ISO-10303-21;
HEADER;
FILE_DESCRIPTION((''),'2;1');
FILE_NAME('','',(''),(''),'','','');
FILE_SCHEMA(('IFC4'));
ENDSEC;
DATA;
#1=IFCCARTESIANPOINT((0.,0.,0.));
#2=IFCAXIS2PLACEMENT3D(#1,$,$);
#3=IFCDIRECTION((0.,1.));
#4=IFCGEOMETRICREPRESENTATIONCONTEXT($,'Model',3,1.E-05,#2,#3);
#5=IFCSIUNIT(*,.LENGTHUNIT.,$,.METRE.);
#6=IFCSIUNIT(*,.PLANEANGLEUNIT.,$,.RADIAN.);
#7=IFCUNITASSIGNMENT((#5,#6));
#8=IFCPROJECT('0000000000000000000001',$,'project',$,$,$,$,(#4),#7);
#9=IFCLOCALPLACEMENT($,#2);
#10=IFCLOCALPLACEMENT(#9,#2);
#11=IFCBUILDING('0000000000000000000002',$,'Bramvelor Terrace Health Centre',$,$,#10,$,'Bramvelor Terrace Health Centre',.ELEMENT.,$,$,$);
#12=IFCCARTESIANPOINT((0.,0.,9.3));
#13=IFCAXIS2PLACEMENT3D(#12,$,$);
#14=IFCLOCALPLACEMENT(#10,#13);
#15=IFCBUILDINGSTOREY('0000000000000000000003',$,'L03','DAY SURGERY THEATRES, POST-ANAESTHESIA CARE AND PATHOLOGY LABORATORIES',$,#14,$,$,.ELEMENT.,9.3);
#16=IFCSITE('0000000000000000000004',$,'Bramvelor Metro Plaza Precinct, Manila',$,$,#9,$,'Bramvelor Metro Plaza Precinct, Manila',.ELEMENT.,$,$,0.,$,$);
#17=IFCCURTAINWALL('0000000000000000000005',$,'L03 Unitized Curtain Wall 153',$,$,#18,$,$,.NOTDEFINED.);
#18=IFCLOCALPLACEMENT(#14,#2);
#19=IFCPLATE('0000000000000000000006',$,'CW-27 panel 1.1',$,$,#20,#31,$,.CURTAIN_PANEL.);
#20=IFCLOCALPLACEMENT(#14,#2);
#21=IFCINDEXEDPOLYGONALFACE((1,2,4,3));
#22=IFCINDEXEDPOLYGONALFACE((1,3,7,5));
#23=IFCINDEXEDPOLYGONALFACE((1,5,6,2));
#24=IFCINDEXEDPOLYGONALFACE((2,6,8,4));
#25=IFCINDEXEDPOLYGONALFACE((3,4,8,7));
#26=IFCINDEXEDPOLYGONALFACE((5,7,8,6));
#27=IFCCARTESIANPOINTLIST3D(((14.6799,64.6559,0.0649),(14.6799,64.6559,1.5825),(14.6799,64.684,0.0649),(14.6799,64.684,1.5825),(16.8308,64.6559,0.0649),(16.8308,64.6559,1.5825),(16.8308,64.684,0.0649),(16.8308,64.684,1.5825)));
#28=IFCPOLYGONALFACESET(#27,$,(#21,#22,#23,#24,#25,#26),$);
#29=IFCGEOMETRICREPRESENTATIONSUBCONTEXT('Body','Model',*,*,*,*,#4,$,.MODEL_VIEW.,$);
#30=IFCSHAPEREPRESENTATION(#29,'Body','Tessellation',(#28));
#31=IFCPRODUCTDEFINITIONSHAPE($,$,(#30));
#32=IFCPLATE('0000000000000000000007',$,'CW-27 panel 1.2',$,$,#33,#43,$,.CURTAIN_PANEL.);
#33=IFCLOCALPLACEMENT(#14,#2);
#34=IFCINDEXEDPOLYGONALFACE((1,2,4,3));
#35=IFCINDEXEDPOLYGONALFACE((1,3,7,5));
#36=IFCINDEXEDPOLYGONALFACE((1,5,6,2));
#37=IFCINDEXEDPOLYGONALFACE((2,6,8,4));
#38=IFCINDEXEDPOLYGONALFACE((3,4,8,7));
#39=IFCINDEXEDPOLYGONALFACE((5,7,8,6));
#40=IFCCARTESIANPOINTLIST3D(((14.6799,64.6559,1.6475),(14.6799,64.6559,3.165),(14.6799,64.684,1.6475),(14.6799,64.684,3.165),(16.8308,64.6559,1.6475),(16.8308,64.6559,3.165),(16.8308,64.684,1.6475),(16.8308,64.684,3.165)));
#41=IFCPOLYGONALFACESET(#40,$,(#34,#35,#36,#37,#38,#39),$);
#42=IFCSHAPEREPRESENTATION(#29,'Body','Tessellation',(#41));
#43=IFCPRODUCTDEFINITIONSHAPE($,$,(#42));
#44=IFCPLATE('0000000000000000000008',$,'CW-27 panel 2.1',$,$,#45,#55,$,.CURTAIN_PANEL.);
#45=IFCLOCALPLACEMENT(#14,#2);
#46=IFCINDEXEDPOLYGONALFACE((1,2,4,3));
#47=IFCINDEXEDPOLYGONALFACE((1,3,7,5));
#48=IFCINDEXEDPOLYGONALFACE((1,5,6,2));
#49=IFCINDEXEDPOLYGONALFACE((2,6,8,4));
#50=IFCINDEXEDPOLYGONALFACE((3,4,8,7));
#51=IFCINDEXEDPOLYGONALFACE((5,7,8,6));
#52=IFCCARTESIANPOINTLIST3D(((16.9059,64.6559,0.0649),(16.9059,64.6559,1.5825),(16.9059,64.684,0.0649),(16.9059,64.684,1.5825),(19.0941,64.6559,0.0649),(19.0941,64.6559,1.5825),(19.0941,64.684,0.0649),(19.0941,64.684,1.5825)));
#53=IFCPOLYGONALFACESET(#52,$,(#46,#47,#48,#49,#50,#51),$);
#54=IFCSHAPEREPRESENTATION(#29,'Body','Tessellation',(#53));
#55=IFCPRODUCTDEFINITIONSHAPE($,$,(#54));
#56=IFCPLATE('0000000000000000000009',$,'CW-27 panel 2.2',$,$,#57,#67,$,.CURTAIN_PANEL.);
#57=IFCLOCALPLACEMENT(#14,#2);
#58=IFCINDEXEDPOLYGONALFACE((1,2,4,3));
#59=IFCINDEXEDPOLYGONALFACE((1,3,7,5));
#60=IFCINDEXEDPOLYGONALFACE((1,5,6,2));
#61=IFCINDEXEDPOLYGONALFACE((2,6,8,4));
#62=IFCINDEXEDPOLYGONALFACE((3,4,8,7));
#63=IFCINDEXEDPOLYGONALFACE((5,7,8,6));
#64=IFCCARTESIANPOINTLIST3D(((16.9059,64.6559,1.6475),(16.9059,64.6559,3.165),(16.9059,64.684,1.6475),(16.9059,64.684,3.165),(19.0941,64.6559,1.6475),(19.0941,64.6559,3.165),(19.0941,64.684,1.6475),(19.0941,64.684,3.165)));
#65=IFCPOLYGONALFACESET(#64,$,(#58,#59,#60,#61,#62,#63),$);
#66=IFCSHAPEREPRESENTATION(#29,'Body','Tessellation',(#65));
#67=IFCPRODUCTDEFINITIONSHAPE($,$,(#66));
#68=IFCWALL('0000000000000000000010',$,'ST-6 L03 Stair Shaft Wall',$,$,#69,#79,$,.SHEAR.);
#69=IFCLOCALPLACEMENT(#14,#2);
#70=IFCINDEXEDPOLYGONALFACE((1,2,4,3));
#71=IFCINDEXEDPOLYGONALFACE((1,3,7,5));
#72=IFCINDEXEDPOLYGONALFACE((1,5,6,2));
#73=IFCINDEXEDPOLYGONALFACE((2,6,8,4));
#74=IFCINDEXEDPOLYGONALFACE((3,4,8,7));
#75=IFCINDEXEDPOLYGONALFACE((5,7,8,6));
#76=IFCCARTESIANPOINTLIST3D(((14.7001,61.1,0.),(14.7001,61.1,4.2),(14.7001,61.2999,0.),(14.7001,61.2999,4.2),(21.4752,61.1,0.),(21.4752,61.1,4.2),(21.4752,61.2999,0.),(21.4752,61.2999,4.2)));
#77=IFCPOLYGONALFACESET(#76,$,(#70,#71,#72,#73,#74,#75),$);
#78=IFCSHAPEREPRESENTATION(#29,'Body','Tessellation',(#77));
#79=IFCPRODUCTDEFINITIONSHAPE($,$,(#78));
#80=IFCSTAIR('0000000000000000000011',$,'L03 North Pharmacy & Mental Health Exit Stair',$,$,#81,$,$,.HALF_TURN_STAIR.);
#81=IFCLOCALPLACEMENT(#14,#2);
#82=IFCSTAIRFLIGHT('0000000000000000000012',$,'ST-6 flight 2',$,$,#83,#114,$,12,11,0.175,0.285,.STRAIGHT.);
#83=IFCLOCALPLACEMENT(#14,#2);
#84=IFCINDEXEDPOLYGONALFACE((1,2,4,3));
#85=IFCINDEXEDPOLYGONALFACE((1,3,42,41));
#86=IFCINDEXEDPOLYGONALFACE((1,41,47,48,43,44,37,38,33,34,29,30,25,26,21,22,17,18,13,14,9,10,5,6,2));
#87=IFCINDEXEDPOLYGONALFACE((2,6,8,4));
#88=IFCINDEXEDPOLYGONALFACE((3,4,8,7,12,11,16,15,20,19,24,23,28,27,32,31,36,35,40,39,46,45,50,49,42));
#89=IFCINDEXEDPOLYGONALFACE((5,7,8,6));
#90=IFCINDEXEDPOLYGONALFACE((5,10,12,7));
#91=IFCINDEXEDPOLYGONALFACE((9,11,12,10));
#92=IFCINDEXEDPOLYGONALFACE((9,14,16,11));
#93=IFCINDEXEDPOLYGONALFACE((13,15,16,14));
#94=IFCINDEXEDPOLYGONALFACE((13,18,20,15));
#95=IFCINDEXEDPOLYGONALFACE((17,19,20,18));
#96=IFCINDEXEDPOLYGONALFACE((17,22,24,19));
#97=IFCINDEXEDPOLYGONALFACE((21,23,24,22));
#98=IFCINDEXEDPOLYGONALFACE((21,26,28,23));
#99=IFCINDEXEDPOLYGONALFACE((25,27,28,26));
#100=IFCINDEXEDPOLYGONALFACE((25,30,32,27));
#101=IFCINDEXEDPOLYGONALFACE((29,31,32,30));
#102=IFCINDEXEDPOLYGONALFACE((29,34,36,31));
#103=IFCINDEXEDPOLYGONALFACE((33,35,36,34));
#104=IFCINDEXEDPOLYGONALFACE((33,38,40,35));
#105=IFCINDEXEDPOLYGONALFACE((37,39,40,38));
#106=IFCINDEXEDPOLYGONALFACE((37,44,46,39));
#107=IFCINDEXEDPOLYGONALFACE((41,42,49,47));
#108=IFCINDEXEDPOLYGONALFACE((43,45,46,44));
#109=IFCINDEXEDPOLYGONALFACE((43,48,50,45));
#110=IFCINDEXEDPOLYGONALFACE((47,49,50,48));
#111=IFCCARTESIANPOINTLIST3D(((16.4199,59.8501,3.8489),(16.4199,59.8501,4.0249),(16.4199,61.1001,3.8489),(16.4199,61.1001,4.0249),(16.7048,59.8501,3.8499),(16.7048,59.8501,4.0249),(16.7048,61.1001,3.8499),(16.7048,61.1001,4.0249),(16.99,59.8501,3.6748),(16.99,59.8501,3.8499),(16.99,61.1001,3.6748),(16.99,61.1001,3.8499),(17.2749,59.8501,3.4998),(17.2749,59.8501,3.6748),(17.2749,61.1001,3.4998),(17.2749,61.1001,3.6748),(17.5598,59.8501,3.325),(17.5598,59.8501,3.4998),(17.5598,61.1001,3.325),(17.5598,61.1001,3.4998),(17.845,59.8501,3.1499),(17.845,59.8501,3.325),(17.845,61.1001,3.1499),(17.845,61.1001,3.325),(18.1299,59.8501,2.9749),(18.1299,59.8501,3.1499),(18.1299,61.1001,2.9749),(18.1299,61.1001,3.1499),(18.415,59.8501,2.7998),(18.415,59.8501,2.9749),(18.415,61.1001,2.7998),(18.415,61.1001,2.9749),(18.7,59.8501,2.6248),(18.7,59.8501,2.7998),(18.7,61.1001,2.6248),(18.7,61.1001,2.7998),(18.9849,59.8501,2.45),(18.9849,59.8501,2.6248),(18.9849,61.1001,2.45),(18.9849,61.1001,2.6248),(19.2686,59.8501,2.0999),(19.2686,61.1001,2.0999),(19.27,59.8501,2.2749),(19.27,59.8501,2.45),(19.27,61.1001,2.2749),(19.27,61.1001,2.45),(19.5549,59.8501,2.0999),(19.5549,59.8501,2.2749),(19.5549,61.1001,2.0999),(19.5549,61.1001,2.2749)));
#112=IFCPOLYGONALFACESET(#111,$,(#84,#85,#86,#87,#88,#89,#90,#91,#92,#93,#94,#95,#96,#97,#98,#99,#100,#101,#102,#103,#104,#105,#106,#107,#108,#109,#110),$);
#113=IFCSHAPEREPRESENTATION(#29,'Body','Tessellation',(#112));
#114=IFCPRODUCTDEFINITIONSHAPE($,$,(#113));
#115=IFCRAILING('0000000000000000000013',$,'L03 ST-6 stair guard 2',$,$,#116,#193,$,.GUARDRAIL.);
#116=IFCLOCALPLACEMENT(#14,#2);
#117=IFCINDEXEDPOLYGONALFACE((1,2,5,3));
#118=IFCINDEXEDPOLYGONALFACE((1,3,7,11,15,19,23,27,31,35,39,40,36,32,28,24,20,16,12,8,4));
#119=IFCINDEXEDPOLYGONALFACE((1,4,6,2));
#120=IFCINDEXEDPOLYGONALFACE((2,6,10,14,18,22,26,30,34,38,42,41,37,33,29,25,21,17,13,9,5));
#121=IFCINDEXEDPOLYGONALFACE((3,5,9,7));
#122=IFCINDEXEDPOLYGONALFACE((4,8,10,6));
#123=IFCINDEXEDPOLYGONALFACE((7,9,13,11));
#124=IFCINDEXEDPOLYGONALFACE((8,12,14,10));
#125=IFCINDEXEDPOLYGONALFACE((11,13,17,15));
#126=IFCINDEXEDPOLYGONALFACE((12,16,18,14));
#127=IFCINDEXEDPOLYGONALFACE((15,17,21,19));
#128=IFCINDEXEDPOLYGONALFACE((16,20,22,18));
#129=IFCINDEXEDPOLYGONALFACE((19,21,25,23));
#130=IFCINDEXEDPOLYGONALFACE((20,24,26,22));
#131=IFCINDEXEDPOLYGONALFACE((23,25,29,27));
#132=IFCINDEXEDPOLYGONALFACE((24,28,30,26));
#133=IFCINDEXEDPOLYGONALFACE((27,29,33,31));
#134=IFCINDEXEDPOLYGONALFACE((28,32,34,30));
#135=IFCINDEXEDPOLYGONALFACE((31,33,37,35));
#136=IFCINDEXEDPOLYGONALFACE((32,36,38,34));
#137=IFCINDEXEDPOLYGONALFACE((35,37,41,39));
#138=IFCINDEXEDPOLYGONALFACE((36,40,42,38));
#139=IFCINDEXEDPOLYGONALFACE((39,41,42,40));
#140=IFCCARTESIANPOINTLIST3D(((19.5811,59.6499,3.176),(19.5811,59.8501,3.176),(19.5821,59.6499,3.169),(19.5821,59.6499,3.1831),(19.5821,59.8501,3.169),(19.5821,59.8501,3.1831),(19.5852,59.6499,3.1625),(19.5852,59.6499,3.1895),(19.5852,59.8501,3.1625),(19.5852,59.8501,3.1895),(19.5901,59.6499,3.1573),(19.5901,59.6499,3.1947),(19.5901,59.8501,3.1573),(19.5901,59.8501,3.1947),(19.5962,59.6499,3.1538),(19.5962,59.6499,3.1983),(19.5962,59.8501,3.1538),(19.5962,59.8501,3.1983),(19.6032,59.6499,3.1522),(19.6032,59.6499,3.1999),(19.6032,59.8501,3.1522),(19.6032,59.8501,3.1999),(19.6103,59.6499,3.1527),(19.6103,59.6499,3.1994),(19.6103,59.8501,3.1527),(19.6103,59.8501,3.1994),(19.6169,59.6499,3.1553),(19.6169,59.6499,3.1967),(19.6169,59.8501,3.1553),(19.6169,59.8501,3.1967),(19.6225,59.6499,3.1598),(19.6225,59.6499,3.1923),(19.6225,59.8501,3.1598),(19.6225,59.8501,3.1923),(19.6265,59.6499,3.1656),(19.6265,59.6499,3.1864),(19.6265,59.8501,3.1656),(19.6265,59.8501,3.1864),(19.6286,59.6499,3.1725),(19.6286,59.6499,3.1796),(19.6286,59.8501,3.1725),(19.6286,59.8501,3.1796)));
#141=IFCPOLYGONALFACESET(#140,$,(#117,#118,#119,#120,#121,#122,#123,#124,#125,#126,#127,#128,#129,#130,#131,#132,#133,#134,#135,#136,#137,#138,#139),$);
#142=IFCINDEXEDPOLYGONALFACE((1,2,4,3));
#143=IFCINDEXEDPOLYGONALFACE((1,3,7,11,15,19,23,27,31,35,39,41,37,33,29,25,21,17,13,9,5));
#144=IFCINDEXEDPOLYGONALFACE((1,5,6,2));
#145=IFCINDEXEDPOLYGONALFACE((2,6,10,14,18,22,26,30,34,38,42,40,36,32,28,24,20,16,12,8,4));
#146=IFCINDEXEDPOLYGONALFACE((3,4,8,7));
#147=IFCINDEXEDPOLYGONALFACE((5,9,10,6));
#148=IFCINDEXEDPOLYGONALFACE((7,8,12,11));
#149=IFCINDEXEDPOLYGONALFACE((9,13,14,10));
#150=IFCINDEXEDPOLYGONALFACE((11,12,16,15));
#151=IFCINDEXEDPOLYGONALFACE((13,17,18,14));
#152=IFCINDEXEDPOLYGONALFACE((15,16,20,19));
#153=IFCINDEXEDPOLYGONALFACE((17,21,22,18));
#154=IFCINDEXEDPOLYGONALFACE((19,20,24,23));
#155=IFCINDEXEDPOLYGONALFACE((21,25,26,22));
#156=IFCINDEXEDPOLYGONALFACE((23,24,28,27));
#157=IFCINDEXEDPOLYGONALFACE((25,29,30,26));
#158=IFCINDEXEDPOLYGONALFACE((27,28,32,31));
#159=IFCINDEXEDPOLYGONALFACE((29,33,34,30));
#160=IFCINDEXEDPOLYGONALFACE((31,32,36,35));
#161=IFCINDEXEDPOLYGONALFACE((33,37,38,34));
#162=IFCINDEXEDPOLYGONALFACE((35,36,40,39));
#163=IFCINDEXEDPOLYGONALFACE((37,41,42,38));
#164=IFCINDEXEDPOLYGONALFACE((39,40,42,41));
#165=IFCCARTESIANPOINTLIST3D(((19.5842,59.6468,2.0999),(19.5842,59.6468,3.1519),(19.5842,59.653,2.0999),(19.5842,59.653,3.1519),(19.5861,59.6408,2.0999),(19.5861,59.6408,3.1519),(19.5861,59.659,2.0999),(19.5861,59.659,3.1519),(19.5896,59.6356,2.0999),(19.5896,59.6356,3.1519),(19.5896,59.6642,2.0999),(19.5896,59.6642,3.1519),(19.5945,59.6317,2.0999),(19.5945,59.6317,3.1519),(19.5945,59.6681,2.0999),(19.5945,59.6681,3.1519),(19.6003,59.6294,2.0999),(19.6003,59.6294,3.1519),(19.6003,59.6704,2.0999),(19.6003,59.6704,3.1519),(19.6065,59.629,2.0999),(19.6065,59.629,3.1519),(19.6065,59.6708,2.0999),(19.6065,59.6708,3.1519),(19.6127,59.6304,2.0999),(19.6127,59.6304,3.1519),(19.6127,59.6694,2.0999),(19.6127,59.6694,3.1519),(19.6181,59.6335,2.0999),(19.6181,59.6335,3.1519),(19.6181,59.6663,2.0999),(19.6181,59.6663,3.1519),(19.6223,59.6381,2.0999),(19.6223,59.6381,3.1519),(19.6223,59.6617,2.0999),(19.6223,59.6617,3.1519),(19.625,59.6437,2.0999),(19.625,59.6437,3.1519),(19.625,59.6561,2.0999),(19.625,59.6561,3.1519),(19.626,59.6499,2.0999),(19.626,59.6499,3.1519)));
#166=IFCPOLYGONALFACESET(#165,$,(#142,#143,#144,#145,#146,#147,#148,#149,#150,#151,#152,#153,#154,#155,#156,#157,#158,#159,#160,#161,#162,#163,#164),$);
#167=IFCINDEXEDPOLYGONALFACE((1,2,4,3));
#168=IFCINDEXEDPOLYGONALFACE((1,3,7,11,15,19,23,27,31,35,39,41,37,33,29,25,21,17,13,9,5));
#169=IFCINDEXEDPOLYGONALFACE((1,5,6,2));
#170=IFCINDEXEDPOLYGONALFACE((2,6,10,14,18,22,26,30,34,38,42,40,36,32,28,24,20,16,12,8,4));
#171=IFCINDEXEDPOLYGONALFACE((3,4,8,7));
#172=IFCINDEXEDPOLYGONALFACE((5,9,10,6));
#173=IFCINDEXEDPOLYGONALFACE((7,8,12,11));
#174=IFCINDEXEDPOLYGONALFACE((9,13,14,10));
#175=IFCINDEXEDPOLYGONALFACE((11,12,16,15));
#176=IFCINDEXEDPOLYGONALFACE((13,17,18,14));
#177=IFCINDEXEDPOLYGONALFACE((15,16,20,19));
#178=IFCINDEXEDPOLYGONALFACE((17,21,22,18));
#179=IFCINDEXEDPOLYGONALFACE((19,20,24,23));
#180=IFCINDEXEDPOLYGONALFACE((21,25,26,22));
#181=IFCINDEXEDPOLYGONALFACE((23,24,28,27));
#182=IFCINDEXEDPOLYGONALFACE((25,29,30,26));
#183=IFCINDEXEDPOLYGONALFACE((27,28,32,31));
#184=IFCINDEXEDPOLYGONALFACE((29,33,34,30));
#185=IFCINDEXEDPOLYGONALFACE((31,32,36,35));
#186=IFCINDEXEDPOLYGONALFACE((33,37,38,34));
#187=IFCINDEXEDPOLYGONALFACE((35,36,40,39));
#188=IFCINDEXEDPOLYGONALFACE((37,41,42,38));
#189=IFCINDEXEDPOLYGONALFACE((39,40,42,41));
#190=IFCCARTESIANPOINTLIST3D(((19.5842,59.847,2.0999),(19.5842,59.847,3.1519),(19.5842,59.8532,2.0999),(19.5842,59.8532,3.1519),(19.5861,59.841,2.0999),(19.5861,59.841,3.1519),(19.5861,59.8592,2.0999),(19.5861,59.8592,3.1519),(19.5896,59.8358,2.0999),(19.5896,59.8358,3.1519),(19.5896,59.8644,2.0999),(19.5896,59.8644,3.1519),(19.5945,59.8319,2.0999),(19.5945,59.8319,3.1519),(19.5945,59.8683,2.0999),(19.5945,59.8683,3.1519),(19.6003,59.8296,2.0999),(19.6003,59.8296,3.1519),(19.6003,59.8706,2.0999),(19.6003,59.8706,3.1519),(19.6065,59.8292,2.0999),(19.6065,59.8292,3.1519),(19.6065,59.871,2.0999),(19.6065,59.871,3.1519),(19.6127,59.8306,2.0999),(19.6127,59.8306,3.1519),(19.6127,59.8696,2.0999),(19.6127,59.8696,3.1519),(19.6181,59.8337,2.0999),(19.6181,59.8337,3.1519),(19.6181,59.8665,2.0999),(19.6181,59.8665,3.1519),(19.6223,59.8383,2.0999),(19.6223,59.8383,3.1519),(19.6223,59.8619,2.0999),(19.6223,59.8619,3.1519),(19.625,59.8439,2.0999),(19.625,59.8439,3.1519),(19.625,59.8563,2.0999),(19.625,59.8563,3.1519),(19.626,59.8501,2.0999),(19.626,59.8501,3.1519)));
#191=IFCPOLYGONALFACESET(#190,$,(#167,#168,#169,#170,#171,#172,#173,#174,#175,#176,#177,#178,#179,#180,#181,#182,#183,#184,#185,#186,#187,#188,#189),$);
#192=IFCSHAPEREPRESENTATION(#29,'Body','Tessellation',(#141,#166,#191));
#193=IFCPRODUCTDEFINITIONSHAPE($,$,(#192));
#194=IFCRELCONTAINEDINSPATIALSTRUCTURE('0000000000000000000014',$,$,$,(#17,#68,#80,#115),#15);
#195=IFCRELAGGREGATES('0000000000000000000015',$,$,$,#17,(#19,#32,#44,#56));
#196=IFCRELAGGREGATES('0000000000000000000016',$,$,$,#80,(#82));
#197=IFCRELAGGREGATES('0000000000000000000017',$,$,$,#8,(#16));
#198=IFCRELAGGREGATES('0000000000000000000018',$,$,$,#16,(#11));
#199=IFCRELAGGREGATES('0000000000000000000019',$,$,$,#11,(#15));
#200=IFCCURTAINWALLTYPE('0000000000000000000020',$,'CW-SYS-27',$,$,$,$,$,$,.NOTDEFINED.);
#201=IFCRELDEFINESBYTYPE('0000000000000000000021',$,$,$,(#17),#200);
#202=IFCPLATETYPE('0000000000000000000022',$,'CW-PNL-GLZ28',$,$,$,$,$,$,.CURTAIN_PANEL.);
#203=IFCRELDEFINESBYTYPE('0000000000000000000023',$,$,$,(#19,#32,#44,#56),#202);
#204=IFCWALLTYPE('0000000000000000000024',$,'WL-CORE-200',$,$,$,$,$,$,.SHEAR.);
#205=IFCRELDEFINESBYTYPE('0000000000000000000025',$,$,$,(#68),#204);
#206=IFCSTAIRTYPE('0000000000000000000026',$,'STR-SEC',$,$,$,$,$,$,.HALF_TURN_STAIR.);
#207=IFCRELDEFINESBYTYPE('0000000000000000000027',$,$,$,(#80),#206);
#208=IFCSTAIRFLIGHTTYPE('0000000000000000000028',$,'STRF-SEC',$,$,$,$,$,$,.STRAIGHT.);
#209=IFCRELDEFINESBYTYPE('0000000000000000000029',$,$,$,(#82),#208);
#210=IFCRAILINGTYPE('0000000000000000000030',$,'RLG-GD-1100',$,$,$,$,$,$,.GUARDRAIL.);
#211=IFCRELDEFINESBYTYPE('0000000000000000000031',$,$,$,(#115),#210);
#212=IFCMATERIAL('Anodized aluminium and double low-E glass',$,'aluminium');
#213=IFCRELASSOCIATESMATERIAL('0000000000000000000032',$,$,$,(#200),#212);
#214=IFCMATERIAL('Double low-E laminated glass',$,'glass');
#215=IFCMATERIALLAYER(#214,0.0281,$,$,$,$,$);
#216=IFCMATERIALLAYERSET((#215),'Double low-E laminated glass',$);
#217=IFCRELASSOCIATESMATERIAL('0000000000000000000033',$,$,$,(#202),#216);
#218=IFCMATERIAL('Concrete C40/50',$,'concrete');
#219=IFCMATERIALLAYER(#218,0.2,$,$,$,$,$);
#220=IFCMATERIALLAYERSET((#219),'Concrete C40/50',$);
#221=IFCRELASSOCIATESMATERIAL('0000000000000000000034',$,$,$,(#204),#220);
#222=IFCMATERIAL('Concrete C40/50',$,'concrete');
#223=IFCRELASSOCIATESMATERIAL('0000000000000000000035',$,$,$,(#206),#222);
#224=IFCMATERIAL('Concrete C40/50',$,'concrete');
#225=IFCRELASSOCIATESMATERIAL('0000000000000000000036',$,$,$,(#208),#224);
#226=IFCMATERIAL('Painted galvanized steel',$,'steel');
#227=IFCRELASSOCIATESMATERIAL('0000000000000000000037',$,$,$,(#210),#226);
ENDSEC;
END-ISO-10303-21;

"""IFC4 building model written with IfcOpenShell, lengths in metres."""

from ifc_helpers import new_model, si_unit, direction, frame, frame_2d, origin, origin_2d, place, context, subcontext, project, spatial, polyline, rectangle, circle, outline, extrude, material, layer, layer_set, type_object, element, aggregate, save


model = new_model("IFC4")

# Units and contexts
model_context = context("Model", 3, precision=1e-05, world=origin(), true_north=direction((0.0, 1.0)))
body_context = subcontext(model_context, "Body", "Model", "MODEL_VIEW")
ifc_project = project(units=[si_unit("LENGTHUNIT", "METRE"), si_unit("PLANEANGLEUNIT", "RADIAN")], contexts=[model_context])

# Site, building, storey
site_placement = place(None, origin())
site = spatial("IfcSite", under=ifc_project, at=site_placement, Name="Bramvelor Metro Plaza Precinct, Manila", LongName="Bramvelor Metro Plaza Precinct, Manila", CompositionType="ELEMENT", RefElevation=0.0)
building_placement = place(site_placement, origin())
building = spatial("IfcBuilding", under=site, at=building_placement, Name="Bramvelor Terrace Health Centre", LongName="Bramvelor Terrace Health Centre", CompositionType="ELEMENT")
storey_placement = place(building_placement, frame((0.0, 0.0, 9.3)))
storey = spatial("IfcBuildingStorey", under=building, at=storey_placement, Name="L03", Description="DAY SURGERY THEATRES, POST-ANAESTHESIA CARE AND PATHOLOGY LABORATORIES", CompositionType="ELEMENT", Elevation=9.3)

# Curtain wall, plates
ifc_material_1 = material(Name="Anodized aluminium and double low-E glass", Category="aluminium")
curtain_wall_type = type_object("IfcCurtainWallType", Name="CW-SYS-27", PredefinedType="NOTDEFINED", material=ifc_material_1)
curtain_wall_placement = place(storey_placement, origin())
curtain_wall = element("IfcCurtainWall", 1, at=curtain_wall_placement, inside=storey, type_object=curtain_wall_type, Name="L03 Unitized Curtain Wall 153", PredefinedType="NOTDEFINED")
ifc_material_2 = material(Name="Double low-E laminated glass", Category="glass")
ifc_layer_1 = layer(ifc_material_2, 0.0281)
ifc_layer_set_1 = layer_set([ifc_layer_1], Name="Double low-E laminated glass")
plate_type = type_object("IfcPlateType", Name="CW-PNL-GLZ28", PredefinedType="CURTAIN_PANEL", material=ifc_layer_set_1)
plate_1_placement = place(storey_placement, frame((15.7554, 64.6699, 0.0649), z_axis=(0.0, 0.0, 1.0), x_axis=(1.0, 0.0, 0.0)))
plate_1 = element("IfcPlate", 2, at=plate_1_placement, type_object=plate_type, Name="CW-27 panel 1.1", PredefinedType="CURTAIN_PANEL", context=body_context, shape_type="SweptSolid", body=[
    extrude(rectangle(XDim=2.1509, YDim=0.0281, at=origin_2d()), origin(), (0.0, 0.0, 1.0), 1.5176),
])
plate_2_placement = place(storey_placement, frame((15.7554, 64.6699, 1.6475), z_axis=(0.0, 0.0, 1.0), x_axis=(1.0, 0.0, 0.0)))
plate_2 = element("IfcPlate", 3, at=plate_2_placement, type_object=plate_type, Name="CW-27 panel 1.2", PredefinedType="CURTAIN_PANEL", context=body_context, shape_type="SweptSolid", body=[
    extrude(rectangle(XDim=2.1509, YDim=0.0281, at=origin_2d()), origin(), (0.0, 0.0, 1.0), 1.5176),
])
plate_3_placement = place(storey_placement, frame((18.0, 64.6699, 0.0649), z_axis=(0.0, 0.0, 1.0), x_axis=(1.0, 0.0, 0.0)))
plate_3 = element("IfcPlate", 4, at=plate_3_placement, type_object=plate_type, Name="CW-27 panel 2.1", PredefinedType="CURTAIN_PANEL", context=body_context, shape_type="SweptSolid", body=[
    extrude(rectangle(XDim=2.1882, YDim=0.0281, at=origin_2d()), origin(), (0.0, 0.0, 1.0), 1.5176),
])
plate_4_placement = place(storey_placement, frame((18.0, 64.6699, 1.6475), z_axis=(0.0, 0.0, 1.0), x_axis=(1.0, 0.0, 0.0)))
plate_4 = element("IfcPlate", 5, at=plate_4_placement, type_object=plate_type, Name="CW-27 panel 2.2", PredefinedType="CURTAIN_PANEL", context=body_context, shape_type="SweptSolid", body=[
    extrude(rectangle(XDim=2.1882, YDim=0.0281, at=origin_2d()), origin(), (0.0, 0.0, 1.0), 1.5176),
])
aggregate(curtain_wall, [plate_1, plate_2, plate_3, plate_4])

# Wall
ifc_material_3 = material(Name="Concrete C40/50", Category="concrete")
ifc_layer_2 = layer(ifc_material_3, 0.2)
ifc_layer_set_2 = layer_set([ifc_layer_2], Name="Concrete C40/50")
wall_type = type_object("IfcWallType", Name="WL-CORE-200", PredefinedType="SHEAR", material=ifc_layer_set_2)
wall_placement = place(storey_placement, frame((14.7, 61.2, 0.0), z_axis=(0.0, 0.0, 1.0), x_axis=(1.0, 0.0, 0.0)))
element("IfcWall", 6, at=wall_placement, inside=storey, type_object=wall_type, Name="ST-6 L03 Stair Shaft Wall", PredefinedType="SHEAR", context=body_context, shape_type="SweptSolid", body=[
    extrude(rectangle(XDim=6.7751, YDim=0.2, at=frame_2d((3.3877, 0.0))), origin(), (0.0, 0.0, 1.0), 4.2),
])

# Stair, stair flight
ifc_material_4 = material(Name="Concrete C40/50", Category="concrete")
stair_type = type_object("IfcStairType", Name="STR-SEC", PredefinedType="HALF_TURN_STAIR", material=ifc_material_4)
stair_placement = place(storey_placement, origin())
stair = element("IfcStair", 7, at=stair_placement, inside=storey, type_object=stair_type, Name="L03 North Pharmacy & Mental Health Exit Stair", PredefinedType="HALF_TURN_STAIR")
ifc_material_5 = material(Name="Concrete C40/50", Category="concrete")
stair_flight_type = type_object("IfcStairFlightType", Name="STRF-SEC", PredefinedType="STRAIGHT", material=ifc_material_5)
stair_flight_placement = place(storey_placement, frame((19.5549, 60.4751, 2.0999), z_axis=(0.0, 0.0, 1.0), x_axis=(-1.0, 0.0, 0.0)))
stair_flight = element("IfcStairFlight", 8, at=stair_flight_placement, type_object=stair_flight_type, Name="ST-6 flight 2", NumberOfRisers=12, NumberOfTreads=11, PredefinedType="STRAIGHT", RiserHeight=0.175, TreadLength=0.285, context=body_context, shape_type="SweptSolid", body=[
    extrude(outline(polyline([(0.0, 0.0), (0.0, 0.175), (0.2849, 0.175), (0.2849, 0.3501), (0.5701, 0.3501), (0.5701, 0.5249), (0.855, 0.5249), (0.855, 0.7), (1.1399, 0.7), (1.1399, 0.875), (1.425, 0.875), (1.425, 1.05), (1.71, 1.05), (1.71, 1.2251), (1.9951, 1.2251), (1.9951, 1.3999), (2.28, 1.3999), (2.28, 1.575), (2.5649, 1.575), (2.5649, 1.75), (2.8501, 1.75), (2.8501, 1.925), (3.135, 1.925), (3.135, 2.1001), (3.135, 1.749), (0.2864, 0.0), (0.0, 0.0)])), frame((0.0, 0.625, 0.0), z_axis=(0.0, -1.0, 0.0), x_axis=(1.0, 0.0, 0.0)), (0.0, 0.0, 1.0), 1.25),
])
aggregate(stair, [stair_flight])

# Railing
ifc_material_6 = material(Name="Painted galvanized steel", Category="steel")
railing_type_1 = type_object("IfcRailingType", Name="RLG-GD-1100", PredefinedType="GUARDRAIL", material=ifc_material_6)
railing_1_placement = place(storey_placement, frame((19.605, 59.6499, 2.0999)))
element("IfcRailing", 9, at=railing_1_placement, inside=storey, type_object=railing_type_1, Name="L03 ST-6 stair guard 2", PredefinedType="GUARDRAIL", context=body_context, shape_type="SweptSolid", body=[
    extrude(circle(Radius=0.0239, at=origin_2d()), frame((0.0, 0.0, 1.0762), z_axis=(0.0, 1.0, 0.0), x_axis=(-1.0, 0.0, 0.0)), (0.0, 0.0, 1.0), 0.2002),
    extrude(circle(Radius=0.021, at=origin_2d()), origin(), (0.0, 0.0, 1.0), 1.052),
    extrude(circle(Radius=0.021, at=origin_2d()), frame((0.0, 0.2002, 0.0)), (0.0, 0.0, 1.0), 1.052),
])

save(model, "model.ifc")
